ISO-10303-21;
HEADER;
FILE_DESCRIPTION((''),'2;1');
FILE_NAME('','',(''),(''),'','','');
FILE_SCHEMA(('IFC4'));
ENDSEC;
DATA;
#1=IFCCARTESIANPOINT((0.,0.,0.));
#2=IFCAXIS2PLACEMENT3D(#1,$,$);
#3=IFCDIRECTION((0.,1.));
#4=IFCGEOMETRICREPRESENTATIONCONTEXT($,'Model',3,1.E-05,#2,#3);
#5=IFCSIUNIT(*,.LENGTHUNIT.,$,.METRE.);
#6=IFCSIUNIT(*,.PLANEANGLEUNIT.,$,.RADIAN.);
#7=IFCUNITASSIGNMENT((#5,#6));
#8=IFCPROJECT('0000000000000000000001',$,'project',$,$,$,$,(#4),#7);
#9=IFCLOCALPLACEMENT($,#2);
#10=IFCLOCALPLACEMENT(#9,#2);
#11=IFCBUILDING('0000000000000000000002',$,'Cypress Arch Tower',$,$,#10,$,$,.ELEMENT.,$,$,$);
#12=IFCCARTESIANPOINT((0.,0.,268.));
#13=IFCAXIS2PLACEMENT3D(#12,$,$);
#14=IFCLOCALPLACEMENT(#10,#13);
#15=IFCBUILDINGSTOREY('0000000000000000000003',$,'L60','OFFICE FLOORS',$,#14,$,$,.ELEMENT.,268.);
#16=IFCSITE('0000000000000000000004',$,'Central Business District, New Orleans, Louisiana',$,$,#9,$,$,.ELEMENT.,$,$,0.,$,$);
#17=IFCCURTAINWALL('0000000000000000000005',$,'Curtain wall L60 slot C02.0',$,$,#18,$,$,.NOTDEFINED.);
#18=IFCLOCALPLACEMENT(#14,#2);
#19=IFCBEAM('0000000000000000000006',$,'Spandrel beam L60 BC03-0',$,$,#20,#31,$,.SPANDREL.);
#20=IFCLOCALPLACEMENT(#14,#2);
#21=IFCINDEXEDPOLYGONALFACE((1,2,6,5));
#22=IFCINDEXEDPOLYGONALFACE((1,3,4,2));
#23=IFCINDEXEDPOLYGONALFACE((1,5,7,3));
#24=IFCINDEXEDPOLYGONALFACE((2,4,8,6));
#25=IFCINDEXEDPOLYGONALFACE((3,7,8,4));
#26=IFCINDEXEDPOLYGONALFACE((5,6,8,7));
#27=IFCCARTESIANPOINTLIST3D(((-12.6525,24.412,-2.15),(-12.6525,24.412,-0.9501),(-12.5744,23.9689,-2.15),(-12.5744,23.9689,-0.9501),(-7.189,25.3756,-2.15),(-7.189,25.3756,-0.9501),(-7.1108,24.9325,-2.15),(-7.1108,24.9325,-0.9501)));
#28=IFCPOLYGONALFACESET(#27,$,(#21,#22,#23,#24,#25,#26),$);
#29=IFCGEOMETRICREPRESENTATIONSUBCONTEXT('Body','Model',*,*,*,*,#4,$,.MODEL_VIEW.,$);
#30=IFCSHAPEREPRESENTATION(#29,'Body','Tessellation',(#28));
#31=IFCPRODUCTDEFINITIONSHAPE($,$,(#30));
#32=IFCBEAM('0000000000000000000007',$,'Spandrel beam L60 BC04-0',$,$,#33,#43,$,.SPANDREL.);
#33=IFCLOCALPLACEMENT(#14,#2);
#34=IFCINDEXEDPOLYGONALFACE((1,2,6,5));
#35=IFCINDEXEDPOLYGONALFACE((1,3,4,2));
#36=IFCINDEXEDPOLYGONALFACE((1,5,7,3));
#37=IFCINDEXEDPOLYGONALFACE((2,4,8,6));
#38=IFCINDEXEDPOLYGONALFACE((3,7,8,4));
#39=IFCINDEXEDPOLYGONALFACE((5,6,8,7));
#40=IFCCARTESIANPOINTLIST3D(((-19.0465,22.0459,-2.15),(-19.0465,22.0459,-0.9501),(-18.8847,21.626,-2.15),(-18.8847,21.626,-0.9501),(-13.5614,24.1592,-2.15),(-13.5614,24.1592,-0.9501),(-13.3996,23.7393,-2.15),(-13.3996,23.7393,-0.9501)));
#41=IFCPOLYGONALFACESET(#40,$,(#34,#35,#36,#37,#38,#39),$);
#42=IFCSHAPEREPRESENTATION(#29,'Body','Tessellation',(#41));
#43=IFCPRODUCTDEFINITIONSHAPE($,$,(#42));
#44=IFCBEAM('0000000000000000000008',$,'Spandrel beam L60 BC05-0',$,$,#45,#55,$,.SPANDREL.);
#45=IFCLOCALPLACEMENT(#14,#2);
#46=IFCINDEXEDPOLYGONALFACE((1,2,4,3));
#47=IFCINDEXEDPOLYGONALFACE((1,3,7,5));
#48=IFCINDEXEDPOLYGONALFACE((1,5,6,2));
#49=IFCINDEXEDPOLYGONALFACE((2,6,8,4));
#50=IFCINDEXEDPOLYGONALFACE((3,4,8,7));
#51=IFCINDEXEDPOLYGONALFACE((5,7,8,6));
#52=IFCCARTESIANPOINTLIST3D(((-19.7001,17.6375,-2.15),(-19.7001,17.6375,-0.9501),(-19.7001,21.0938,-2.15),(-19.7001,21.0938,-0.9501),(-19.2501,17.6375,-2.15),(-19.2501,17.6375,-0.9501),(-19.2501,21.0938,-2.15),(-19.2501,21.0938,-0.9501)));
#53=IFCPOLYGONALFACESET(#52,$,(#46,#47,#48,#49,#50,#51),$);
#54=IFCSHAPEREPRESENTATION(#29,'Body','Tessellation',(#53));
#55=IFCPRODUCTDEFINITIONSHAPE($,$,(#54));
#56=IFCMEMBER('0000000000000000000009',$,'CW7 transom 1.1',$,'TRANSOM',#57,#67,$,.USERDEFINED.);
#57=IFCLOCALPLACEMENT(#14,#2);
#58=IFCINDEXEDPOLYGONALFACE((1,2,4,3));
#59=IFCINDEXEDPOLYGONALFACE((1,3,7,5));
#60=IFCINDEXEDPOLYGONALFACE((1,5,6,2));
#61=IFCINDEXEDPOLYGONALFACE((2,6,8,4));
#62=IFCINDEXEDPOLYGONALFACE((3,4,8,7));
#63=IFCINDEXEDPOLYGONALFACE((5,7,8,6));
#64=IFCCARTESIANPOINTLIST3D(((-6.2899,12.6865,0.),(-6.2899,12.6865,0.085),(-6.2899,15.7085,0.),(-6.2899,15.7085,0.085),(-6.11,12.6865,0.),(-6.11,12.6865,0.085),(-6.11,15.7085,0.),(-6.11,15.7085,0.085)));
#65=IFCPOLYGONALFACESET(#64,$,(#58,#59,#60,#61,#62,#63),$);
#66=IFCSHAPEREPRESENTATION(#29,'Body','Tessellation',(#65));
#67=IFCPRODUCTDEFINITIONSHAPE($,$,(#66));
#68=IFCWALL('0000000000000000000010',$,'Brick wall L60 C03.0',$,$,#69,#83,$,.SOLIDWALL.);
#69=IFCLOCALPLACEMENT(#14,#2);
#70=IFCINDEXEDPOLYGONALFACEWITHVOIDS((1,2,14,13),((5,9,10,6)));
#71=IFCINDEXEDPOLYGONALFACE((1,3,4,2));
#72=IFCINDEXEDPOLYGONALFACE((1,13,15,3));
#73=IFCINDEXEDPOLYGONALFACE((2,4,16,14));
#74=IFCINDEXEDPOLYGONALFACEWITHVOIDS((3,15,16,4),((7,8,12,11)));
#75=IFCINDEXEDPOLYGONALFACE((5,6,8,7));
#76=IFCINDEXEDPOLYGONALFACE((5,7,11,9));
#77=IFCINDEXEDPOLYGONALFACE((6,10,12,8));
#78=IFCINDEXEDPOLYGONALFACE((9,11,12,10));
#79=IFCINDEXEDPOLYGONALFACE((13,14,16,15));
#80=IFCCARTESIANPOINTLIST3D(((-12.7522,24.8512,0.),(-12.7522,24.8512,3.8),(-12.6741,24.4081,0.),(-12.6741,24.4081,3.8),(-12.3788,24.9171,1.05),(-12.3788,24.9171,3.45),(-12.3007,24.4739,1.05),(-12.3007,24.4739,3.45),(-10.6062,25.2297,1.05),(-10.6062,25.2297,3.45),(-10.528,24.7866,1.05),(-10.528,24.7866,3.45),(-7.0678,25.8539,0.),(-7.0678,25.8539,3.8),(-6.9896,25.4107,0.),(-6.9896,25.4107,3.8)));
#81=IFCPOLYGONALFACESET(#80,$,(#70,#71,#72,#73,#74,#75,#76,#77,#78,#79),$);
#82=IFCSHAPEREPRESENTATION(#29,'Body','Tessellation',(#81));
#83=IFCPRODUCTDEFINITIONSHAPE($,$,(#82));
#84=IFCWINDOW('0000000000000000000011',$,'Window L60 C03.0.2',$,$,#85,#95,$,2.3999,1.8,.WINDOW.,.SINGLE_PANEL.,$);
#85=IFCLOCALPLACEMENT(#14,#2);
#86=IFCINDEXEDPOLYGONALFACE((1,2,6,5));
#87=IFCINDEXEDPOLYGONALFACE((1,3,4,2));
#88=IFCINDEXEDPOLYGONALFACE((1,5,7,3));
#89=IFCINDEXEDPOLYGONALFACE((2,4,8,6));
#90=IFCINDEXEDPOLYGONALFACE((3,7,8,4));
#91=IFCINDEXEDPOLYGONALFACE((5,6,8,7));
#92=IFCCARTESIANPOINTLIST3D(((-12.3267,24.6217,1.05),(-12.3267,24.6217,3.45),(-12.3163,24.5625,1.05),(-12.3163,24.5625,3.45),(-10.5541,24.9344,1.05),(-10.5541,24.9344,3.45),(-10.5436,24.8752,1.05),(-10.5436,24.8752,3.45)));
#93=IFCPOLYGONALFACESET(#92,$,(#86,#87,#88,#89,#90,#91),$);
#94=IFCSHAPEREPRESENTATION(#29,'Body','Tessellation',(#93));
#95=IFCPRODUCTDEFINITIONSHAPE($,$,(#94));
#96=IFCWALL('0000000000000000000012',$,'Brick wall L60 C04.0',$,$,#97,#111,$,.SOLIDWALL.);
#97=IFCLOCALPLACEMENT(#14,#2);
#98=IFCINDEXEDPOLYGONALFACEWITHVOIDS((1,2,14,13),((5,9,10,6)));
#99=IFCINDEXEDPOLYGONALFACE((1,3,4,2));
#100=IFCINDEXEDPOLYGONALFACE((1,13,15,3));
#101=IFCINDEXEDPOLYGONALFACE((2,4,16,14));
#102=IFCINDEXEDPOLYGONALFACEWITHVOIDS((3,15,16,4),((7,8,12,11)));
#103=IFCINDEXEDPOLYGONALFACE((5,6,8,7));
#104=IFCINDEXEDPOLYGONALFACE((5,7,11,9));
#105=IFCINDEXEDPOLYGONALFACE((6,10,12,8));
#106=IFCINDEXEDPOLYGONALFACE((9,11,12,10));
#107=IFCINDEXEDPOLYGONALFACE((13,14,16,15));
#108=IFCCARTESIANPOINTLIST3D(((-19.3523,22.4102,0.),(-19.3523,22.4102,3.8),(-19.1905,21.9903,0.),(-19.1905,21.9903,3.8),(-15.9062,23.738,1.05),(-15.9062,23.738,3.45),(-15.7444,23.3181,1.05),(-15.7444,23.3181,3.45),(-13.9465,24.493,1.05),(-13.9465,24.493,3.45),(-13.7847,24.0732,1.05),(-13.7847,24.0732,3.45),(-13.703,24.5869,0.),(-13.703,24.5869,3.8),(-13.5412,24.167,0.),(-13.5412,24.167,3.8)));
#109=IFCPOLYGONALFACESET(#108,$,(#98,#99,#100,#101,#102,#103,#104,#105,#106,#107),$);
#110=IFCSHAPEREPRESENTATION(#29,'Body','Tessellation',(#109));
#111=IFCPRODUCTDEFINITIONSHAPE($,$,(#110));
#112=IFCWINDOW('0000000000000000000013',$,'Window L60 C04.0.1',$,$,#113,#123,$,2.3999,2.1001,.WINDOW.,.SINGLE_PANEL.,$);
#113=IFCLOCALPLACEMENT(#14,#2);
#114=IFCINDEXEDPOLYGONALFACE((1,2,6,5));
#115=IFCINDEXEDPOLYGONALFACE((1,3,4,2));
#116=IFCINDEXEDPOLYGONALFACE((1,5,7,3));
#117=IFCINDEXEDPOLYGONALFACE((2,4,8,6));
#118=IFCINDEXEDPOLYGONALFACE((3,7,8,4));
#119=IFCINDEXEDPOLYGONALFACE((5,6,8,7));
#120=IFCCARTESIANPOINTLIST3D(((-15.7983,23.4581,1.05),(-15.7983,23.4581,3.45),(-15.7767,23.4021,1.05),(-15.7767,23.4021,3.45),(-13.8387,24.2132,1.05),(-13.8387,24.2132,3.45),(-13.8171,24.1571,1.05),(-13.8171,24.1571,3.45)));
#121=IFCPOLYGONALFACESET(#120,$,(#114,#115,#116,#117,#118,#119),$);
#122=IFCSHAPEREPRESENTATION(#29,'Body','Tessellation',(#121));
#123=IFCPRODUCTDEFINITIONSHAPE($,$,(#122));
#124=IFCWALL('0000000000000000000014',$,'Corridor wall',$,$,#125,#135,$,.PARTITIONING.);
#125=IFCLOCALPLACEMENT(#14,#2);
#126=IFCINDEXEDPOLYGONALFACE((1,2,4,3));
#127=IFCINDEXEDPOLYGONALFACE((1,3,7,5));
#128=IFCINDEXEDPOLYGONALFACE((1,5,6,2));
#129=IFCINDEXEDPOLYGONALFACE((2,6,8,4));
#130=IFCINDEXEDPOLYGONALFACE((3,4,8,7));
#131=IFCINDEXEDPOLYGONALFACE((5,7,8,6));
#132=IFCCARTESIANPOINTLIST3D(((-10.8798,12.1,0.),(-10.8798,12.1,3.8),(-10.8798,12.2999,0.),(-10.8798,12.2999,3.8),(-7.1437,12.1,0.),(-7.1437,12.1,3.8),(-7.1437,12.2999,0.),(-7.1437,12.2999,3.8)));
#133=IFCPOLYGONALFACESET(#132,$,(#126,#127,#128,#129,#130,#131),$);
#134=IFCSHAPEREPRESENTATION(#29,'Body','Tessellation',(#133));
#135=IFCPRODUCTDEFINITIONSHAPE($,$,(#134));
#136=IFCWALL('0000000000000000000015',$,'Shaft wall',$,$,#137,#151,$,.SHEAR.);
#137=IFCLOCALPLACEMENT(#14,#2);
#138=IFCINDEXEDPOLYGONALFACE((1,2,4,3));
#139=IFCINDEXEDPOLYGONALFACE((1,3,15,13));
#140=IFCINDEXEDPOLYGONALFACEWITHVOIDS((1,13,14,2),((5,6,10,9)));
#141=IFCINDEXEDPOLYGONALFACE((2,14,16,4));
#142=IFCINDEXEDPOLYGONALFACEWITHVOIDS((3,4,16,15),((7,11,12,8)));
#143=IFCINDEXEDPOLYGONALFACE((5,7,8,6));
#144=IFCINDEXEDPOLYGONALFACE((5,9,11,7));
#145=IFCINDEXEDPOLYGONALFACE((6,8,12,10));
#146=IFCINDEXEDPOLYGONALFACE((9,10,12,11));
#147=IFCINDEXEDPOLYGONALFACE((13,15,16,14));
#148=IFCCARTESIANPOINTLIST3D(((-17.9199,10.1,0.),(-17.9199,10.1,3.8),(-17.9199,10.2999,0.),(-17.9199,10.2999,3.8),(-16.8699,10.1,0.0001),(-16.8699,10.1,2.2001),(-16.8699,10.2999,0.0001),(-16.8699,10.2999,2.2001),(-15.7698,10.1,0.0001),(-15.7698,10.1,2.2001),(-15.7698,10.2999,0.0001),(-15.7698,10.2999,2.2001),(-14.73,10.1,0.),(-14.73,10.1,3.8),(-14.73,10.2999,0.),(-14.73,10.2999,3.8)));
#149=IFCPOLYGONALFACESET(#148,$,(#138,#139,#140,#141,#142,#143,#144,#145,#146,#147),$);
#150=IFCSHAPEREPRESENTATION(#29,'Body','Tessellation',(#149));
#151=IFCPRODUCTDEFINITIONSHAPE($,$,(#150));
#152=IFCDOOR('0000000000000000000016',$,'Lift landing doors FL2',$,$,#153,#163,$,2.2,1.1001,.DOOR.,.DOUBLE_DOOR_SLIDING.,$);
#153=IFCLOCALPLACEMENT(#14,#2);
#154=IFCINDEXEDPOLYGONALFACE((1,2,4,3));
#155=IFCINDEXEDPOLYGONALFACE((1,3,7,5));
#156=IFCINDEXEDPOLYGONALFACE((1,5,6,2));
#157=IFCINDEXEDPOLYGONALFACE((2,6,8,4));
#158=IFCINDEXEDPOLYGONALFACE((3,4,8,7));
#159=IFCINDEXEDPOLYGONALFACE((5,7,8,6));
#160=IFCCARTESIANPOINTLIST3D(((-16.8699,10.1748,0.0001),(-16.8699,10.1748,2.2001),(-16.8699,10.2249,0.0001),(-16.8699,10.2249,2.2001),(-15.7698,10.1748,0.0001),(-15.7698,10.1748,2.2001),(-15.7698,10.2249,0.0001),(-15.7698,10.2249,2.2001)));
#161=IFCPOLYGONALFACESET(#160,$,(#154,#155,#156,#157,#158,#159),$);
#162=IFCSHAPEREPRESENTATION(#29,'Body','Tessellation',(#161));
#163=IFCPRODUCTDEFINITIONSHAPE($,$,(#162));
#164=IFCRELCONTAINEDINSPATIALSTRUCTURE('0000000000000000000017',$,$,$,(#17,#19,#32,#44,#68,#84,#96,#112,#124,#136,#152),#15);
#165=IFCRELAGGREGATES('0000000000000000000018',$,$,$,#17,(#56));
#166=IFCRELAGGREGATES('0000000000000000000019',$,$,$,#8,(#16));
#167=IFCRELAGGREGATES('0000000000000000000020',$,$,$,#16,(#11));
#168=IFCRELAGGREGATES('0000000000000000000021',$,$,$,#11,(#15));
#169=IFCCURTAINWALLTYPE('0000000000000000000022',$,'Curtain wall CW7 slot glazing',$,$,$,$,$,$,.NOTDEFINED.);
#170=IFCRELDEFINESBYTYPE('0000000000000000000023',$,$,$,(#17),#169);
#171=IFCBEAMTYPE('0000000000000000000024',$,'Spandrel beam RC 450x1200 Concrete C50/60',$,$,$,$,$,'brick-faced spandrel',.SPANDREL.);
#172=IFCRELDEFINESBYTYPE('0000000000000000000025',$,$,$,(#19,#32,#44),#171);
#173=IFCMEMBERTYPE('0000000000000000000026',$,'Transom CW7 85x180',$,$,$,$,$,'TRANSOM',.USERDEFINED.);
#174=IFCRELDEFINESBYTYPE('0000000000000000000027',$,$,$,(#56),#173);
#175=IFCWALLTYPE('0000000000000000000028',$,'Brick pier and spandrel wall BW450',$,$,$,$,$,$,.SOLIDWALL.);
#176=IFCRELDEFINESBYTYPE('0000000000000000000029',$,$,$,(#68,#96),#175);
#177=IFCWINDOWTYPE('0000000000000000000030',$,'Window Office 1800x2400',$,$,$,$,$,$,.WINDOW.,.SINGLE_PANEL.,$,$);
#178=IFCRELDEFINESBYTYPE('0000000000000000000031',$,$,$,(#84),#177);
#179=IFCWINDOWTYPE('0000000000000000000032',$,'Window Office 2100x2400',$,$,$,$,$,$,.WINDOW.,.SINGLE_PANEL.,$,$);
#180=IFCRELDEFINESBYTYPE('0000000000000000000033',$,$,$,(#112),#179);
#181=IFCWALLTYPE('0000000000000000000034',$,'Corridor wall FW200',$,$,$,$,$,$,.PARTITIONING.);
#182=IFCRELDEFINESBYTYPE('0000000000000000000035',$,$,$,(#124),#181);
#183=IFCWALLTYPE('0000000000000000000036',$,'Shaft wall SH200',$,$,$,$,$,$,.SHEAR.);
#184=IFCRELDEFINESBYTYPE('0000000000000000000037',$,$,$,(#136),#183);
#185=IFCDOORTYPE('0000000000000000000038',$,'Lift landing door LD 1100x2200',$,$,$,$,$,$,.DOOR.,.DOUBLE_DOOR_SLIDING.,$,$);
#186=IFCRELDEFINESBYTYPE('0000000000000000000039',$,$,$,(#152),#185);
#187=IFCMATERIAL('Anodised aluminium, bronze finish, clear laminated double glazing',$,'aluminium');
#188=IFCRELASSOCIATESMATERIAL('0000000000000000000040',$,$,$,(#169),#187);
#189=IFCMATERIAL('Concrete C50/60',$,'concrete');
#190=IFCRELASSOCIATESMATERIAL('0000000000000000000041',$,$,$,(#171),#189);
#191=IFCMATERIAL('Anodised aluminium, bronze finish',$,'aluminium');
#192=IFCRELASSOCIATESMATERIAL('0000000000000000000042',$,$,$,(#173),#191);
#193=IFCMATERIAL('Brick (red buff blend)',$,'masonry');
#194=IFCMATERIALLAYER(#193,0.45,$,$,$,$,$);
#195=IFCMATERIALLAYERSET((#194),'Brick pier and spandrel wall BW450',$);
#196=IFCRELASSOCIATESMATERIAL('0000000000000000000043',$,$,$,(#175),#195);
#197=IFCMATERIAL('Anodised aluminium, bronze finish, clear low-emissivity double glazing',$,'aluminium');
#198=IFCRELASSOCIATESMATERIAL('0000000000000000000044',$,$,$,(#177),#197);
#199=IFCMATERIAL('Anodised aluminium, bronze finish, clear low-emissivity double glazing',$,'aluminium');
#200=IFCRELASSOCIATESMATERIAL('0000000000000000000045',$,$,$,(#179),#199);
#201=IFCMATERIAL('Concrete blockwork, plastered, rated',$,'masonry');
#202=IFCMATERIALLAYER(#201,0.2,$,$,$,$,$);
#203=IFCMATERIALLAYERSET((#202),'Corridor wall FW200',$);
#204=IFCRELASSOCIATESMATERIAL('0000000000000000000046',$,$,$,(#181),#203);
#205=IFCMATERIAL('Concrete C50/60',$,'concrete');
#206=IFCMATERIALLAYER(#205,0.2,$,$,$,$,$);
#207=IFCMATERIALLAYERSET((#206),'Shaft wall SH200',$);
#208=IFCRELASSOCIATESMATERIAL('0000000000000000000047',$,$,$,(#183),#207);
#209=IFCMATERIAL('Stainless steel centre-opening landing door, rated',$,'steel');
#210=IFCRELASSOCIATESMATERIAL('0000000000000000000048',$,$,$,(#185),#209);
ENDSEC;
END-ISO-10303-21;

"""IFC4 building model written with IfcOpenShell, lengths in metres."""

from ifc_helpers import new_model, si_unit, direction, frame, frame_2d, origin, origin_2d, place, context, subcontext, project, spatial, rectangle, extrude, material, layer, layer_set, material_profile, profile_set, type_object, element, fill, aggregate, save


model = new_model("IFC4")

# Units and contexts
model_context = context("Model", 3, precision=1e-05, world=origin(), true_north=direction((0.0, 1.0)))
body_context = subcontext(model_context, "Body", "Model", "MODEL_VIEW")
ifc_project = project(units=[si_unit("LENGTHUNIT", "METRE"), si_unit("PLANEANGLEUNIT", "RADIAN")], contexts=[model_context])

# Site, building, storey
site_placement = place(None, origin())
site = spatial("IfcSite", under=ifc_project, at=site_placement, Name="Central Business District, New Orleans, Louisiana", CompositionType="ELEMENT", RefElevation=0.0)
building_placement = place(site_placement, origin())
building = spatial("IfcBuilding", under=site, at=building_placement, Name="Cypress Arch Tower", CompositionType="ELEMENT")
storey_placement = place(building_placement, frame((0.0, 0.0, 268.0)))
storey = spatial("IfcBuildingStorey", under=building, at=storey_placement, Name="L60", Description="OFFICE FLOORS", CompositionType="ELEMENT", Elevation=268.0)

# Curtain wall
ifc_material_1 = material(Name="Anodised aluminium, bronze finish, clear laminated double glazing", Category="aluminium")
curtain_wall_type = type_object("IfcCurtainWallType", Name="Curtain wall CW7 slot glazing", PredefinedType="NOTDEFINED", material=ifc_material_1)
curtain_wall_placement = place(storey_placement, origin())
curtain_wall = element("IfcCurtainWall", 1, at=curtain_wall_placement, inside=storey, type_object=curtain_wall_type, Name="Curtain wall L60 slot C02.0", PredefinedType="NOTDEFINED")

# Beams
ifc_material_2 = material(Name="Concrete C50/60", Category="concrete")
ifc_material_profile_1 = material_profile(ifc_material_2, rectangle(XDim=0.45, YDim=1.2, at=origin_2d()), Name="RC 450x1200")
ifc_profile_set_1 = profile_set([ifc_material_profile_1], Name="Concrete C50/60")
beam_type_1 = type_object("IfcBeamType", Name="Spandrel beam RC 450x1200 Concrete C50/60", ElementType="brick-faced spandrel", PredefinedType="SPANDREL", material=ifc_profile_set_1)
beam_1_placement = place(storey_placement, frame((-7.1499, 25.1541, -1.55), z_axis=(-0.9848, -0.17369, 0.0), x_axis=(0.17369, -0.9848, 0.0)))
element("IfcBeam", 2, at=beam_1_placement, inside=storey, type_object=beam_type_1, Name="Spandrel beam L60 BC03-0", PredefinedType="SPANDREL", context=body_context, shape_type="SweptSolid", body=[
    extrude(rectangle(XDim=0.45, YDim=1.2, at=origin_2d()), origin(), (0.0, 0.0, 1.0), 5.5479),
])
beam_2_placement = place(storey_placement, frame((-13.4805, 23.9492, -1.55), z_axis=(-0.933139, -0.359516, 0.0), x_axis=(0.359516, -0.933139, 0.0)))
element("IfcBeam", 3, at=beam_2_placement, inside=storey, type_object=beam_type_1, Name="Spandrel beam L60 BC04-0", PredefinedType="SPANDREL", context=body_context, shape_type="SweptSolid", body=[
    extrude(rectangle(XDim=0.45, YDim=1.2, at=origin_2d()), origin(), (0.0, 0.0, 1.0), 5.8782),
])
beam_3_placement = place(storey_placement, frame((-19.4751, 21.0938, -1.55), z_axis=(0.0, -1.0, 0.0), x_axis=(1.0, 0.0, 0.0)))
element("IfcBeam", 4, at=beam_3_placement, inside=storey, type_object=beam_type_1, Name="Spandrel beam L60 BC05-0", PredefinedType="SPANDREL", context=body_context, shape_type="SweptSolid", body=[
    extrude(rectangle(XDim=0.45, YDim=1.2, at=origin_2d()), origin(), (0.0, 0.0, 1.0), 3.4563),
])

# Member
ifc_material_3 = material(Name="Anodised aluminium, bronze finish", Category="aluminium")
ifc_material_profile_2 = material_profile(ifc_material_3, rectangle(XDim=0.1799, YDim=0.085, at=origin_2d()), Name="Transom 85x180")
ifc_profile_set_2 = profile_set([ifc_material_profile_2], Name="Anodised aluminium, bronze finish")
member_type_1 = type_object("IfcMemberType", Name="Transom CW7 85x180", ElementType="TRANSOM", PredefinedType="USERDEFINED", material=ifc_profile_set_2)
member_1_placement = place(storey_placement, frame((-6.2, 12.6865, 0.0425), z_axis=(0.0, 1.0, 0.0), x_axis=(-1.0, 0.0, 0.0)))
member_1 = element("IfcMember", 5, at=member_1_placement, type_object=member_type_1, Name="CW7 transom 1.1", ObjectType="TRANSOM", PredefinedType="USERDEFINED", context=body_context, shape_type="SweptSolid", body=[
    extrude(rectangle(XDim=0.1799, YDim=0.085, at=origin_2d()), origin(), (0.0, 0.0, 1.0), 3.022),
])
aggregate(curtain_wall, [member_1])

# Walls, openings, windows
ifc_material_4 = material(Name="Brick (red buff blend)", Category="masonry")
ifc_layer_1 = layer(ifc_material_4, 0.45)
ifc_layer_set_1 = layer_set([ifc_layer_1], Name="Brick pier and spandrel wall BW450")
wall_type_1 = type_object("IfcWallType", Name="Brick pier and spandrel wall BW450", PredefinedType="SOLIDWALL", material=ifc_layer_set_1)
wall_1_placement = place(storey_placement, frame((-7.0286, 25.6323, 0.0), z_axis=(0.0, 0.0, 1.0), x_axis=(-0.984798, -0.173706, 0.0)))
wall_1 = element("IfcWall", 6, at=wall_1_placement, inside=storey, type_object=wall_type_1, Name="Brick wall L60 C03.0", PredefinedType="SOLIDWALL", context=body_context, shape_type="SweptSolid", body=[
    extrude(rectangle(XDim=5.7722, YDim=0.45, at=frame_2d((2.8862, 0.0))), origin(), (0.0, 0.0, 1.0), 3.8),
])
opening_1_placement = place(wall_1_placement, frame((3.5933, 0.0, 1.05)))
opening_1 = element("IfcOpeningElement", 7, at=opening_1_placement, cuts=wall_1, PredefinedType="OPENING", context=body_context, shape_type="SweptSolid", body=[
    extrude(rectangle(XDim=1.8, YDim=2.3999, at=frame_2d((0.8999, 1.2))), frame((0.0, 0.2349, 0.0), z_axis=(0.0, -1.0, 0.0), x_axis=(1.0, 0.0, 0.0)), (0.0, 0.0, 1.0), 0.47),
])
ifc_material_5 = material(Name="Anodised aluminium, bronze finish, clear low-emissivity double glazing", Category="aluminium")
window_type_1 = type_object("IfcWindowType", Name="Window Office 1800x2400", PartitioningType="SINGLE_PANEL", PredefinedType="WINDOW", material=ifc_material_5)
window_1_placement = place(opening_1_placement, origin())
window_1 = element("IfcWindow", 8, at=window_1_placement, inside=storey, type_object=window_type_1, Name="Window L60 C03.0.2", OverallHeight=2.3999, OverallWidth=1.8, PartitioningType="SINGLE_PANEL", PredefinedType="WINDOW", context=body_context, shape_type="SweptSolid", body=[
    extrude(rectangle(XDim=1.8, YDim=2.3999, at=frame_2d((0.8999, 1.2))), frame((0.0, 0.135, 0.0), z_axis=(0.0, -1.0, 0.0), x_axis=(1.0, 0.0, 0.0)), (0.0, 0.0, 1.0), 0.0601),
])
fill(opening_1, window_1)
wall_2_placement = place(storey_placement, frame((-13.6221, 24.377, 0.0), z_axis=(0.0, 0.0, 1.0), x_axis=(-0.933129, -0.359541, 0.0)))
wall_2 = element("IfcWall", 9, at=wall_2_placement, inside=storey, type_object=wall_type_1, Name="Brick wall L60 C04.0", PredefinedType="SOLIDWALL", context=body_context, shape_type="SweptSolid", body=[
    extrude(rectangle(XDim=6.0542, YDim=0.45, at=frame_2d((3.0271, 0.0))), origin(), (0.0, 0.0, 1.0), 3.8),
])
opening_2_placement = place(wall_2_placement, frame((0.261, 0.0, 1.05)))
opening_2 = element("IfcOpeningElement", 10, at=opening_2_placement, cuts=wall_2, PredefinedType="OPENING", context=body_context, shape_type="SweptSolid", body=[
    extrude(rectangle(XDim=2.1001, YDim=2.3999, at=frame_2d((1.05, 1.2))), frame((0.0, 0.2349, 0.0), z_axis=(0.0, -1.0, 0.0), x_axis=(1.0, 0.0, 0.0)), (0.0, 0.0, 1.0), 0.47),
])
ifc_material_6 = material(Name="Anodised aluminium, bronze finish, clear low-emissivity double glazing", Category="aluminium")
window_type_2 = type_object("IfcWindowType", Name="Window Office 2100x2400", PartitioningType="SINGLE_PANEL", PredefinedType="WINDOW", material=ifc_material_6)
window_2_placement = place(opening_2_placement, origin())
window_2 = element("IfcWindow", 11, at=window_2_placement, inside=storey, type_object=window_type_2, Name="Window L60 C04.0.1", OverallHeight=2.3999, OverallWidth=2.1001, PartitioningType="SINGLE_PANEL", PredefinedType="WINDOW", context=body_context, shape_type="SweptSolid", body=[
    extrude(rectangle(XDim=2.1001, YDim=2.3999, at=frame_2d((1.05, 1.2))), frame((0.0, 0.135, 0.0), z_axis=(0.0, -1.0, 0.0), x_axis=(1.0, 0.0, 0.0)), (0.0, 0.0, 1.0), 0.0601),
])
fill(opening_2, window_2)

# Wall
ifc_material_7 = material(Name="Concrete blockwork, plastered, rated", Category="masonry")
ifc_layer_2 = layer(ifc_material_7, 0.2)
ifc_layer_set_2 = layer_set([ifc_layer_2], Name="Corridor wall FW200")
wall_type_2 = type_object("IfcWallType", Name="Corridor wall FW200", PredefinedType="PARTITIONING", material=ifc_layer_set_2)
wall_3_placement = place(storey_placement, frame((-10.8799, 12.2, 0.0), z_axis=(0.0, 0.0, 1.0), x_axis=(1.0, 0.0, 0.0)))
element("IfcWall", 12, at=wall_3_placement, inside=storey, type_object=wall_type_2, Name="Corridor wall", PredefinedType="PARTITIONING", context=body_context, shape_type="SweptSolid", body=[
    extrude(rectangle(XDim=3.7361, YDim=0.2, at=frame_2d((1.8682, 0.0))), origin(), (0.0, 0.0, 1.0), 3.8),
])

# Wall, opening, door
ifc_material_8 = material(Name="Concrete C50/60", Category="concrete")
ifc_layer_3 = layer(ifc_material_8, 0.2)
ifc_layer_set_3 = layer_set([ifc_layer_3], Name="Shaft wall SH200")
wall_type_3 = type_object("IfcWallType", Name="Shaft wall SH200", PredefinedType="SHEAR", material=ifc_layer_set_3)
wall_4_placement = place(storey_placement, frame((-17.9199, 10.2, 0.0), z_axis=(0.0, 0.0, 1.0), x_axis=(1.0, 0.0, 0.0)))
wall_4 = element("IfcWall", 13, at=wall_4_placement, inside=storey, type_object=wall_type_3, Name="Shaft wall", PredefinedType="SHEAR", context=body_context, shape_type="SweptSolid", body=[
    extrude(rectangle(XDim=3.1899, YDim=0.2, at=frame_2d((1.595, 0.0))), origin(), (0.0, 0.0, 1.0), 3.8),
])
opening_3_placement = place(wall_4_placement, frame((1.05, 0.0, 0.0)))
opening_3 = element("IfcOpeningElement", 14, at=opening_3_placement, cuts=wall_4, PredefinedType="OPENING", context=body_context, shape_type="SweptSolid", body=[
    extrude(rectangle(XDim=1.1001, YDim=2.2, at=frame_2d((0.55, 1.1001))), frame((0.0, 0.1099, 0.0), z_axis=(0.0, -1.0, 0.0), x_axis=(1.0, 0.0, 0.0)), (0.0, 0.0, 1.0), 0.22),
])
ifc_material_9 = material(Name="Stainless steel centre-opening landing door, rated", Category="steel")
door_type = type_object("IfcDoorType", Name="Lift landing door LD 1100x2200", OperationType="DOUBLE_DOOR_SLIDING", PredefinedType="DOOR", material=ifc_material_9)
door_placement = place(opening_3_placement, origin())
door = element("IfcDoor", 15, at=door_placement, inside=storey, type_object=door_type, Name="Lift landing doors FL2", OperationType="DOUBLE_DOOR_SLIDING", OverallHeight=2.2, OverallWidth=1.1001, PredefinedType="DOOR", context=body_context, shape_type="SweptSolid", body=[
    extrude(rectangle(XDim=1.1001, YDim=2.2, at=frame_2d((0.55, 1.1001))), frame((0.0, 0.0249, 0.0), z_axis=(0.0, -1.0, 0.0), x_axis=(1.0, 0.0, 0.0)), (0.0, 0.0, 1.0), 0.05),
])
fill(opening_3, door)

save(model, "model.ifc")
